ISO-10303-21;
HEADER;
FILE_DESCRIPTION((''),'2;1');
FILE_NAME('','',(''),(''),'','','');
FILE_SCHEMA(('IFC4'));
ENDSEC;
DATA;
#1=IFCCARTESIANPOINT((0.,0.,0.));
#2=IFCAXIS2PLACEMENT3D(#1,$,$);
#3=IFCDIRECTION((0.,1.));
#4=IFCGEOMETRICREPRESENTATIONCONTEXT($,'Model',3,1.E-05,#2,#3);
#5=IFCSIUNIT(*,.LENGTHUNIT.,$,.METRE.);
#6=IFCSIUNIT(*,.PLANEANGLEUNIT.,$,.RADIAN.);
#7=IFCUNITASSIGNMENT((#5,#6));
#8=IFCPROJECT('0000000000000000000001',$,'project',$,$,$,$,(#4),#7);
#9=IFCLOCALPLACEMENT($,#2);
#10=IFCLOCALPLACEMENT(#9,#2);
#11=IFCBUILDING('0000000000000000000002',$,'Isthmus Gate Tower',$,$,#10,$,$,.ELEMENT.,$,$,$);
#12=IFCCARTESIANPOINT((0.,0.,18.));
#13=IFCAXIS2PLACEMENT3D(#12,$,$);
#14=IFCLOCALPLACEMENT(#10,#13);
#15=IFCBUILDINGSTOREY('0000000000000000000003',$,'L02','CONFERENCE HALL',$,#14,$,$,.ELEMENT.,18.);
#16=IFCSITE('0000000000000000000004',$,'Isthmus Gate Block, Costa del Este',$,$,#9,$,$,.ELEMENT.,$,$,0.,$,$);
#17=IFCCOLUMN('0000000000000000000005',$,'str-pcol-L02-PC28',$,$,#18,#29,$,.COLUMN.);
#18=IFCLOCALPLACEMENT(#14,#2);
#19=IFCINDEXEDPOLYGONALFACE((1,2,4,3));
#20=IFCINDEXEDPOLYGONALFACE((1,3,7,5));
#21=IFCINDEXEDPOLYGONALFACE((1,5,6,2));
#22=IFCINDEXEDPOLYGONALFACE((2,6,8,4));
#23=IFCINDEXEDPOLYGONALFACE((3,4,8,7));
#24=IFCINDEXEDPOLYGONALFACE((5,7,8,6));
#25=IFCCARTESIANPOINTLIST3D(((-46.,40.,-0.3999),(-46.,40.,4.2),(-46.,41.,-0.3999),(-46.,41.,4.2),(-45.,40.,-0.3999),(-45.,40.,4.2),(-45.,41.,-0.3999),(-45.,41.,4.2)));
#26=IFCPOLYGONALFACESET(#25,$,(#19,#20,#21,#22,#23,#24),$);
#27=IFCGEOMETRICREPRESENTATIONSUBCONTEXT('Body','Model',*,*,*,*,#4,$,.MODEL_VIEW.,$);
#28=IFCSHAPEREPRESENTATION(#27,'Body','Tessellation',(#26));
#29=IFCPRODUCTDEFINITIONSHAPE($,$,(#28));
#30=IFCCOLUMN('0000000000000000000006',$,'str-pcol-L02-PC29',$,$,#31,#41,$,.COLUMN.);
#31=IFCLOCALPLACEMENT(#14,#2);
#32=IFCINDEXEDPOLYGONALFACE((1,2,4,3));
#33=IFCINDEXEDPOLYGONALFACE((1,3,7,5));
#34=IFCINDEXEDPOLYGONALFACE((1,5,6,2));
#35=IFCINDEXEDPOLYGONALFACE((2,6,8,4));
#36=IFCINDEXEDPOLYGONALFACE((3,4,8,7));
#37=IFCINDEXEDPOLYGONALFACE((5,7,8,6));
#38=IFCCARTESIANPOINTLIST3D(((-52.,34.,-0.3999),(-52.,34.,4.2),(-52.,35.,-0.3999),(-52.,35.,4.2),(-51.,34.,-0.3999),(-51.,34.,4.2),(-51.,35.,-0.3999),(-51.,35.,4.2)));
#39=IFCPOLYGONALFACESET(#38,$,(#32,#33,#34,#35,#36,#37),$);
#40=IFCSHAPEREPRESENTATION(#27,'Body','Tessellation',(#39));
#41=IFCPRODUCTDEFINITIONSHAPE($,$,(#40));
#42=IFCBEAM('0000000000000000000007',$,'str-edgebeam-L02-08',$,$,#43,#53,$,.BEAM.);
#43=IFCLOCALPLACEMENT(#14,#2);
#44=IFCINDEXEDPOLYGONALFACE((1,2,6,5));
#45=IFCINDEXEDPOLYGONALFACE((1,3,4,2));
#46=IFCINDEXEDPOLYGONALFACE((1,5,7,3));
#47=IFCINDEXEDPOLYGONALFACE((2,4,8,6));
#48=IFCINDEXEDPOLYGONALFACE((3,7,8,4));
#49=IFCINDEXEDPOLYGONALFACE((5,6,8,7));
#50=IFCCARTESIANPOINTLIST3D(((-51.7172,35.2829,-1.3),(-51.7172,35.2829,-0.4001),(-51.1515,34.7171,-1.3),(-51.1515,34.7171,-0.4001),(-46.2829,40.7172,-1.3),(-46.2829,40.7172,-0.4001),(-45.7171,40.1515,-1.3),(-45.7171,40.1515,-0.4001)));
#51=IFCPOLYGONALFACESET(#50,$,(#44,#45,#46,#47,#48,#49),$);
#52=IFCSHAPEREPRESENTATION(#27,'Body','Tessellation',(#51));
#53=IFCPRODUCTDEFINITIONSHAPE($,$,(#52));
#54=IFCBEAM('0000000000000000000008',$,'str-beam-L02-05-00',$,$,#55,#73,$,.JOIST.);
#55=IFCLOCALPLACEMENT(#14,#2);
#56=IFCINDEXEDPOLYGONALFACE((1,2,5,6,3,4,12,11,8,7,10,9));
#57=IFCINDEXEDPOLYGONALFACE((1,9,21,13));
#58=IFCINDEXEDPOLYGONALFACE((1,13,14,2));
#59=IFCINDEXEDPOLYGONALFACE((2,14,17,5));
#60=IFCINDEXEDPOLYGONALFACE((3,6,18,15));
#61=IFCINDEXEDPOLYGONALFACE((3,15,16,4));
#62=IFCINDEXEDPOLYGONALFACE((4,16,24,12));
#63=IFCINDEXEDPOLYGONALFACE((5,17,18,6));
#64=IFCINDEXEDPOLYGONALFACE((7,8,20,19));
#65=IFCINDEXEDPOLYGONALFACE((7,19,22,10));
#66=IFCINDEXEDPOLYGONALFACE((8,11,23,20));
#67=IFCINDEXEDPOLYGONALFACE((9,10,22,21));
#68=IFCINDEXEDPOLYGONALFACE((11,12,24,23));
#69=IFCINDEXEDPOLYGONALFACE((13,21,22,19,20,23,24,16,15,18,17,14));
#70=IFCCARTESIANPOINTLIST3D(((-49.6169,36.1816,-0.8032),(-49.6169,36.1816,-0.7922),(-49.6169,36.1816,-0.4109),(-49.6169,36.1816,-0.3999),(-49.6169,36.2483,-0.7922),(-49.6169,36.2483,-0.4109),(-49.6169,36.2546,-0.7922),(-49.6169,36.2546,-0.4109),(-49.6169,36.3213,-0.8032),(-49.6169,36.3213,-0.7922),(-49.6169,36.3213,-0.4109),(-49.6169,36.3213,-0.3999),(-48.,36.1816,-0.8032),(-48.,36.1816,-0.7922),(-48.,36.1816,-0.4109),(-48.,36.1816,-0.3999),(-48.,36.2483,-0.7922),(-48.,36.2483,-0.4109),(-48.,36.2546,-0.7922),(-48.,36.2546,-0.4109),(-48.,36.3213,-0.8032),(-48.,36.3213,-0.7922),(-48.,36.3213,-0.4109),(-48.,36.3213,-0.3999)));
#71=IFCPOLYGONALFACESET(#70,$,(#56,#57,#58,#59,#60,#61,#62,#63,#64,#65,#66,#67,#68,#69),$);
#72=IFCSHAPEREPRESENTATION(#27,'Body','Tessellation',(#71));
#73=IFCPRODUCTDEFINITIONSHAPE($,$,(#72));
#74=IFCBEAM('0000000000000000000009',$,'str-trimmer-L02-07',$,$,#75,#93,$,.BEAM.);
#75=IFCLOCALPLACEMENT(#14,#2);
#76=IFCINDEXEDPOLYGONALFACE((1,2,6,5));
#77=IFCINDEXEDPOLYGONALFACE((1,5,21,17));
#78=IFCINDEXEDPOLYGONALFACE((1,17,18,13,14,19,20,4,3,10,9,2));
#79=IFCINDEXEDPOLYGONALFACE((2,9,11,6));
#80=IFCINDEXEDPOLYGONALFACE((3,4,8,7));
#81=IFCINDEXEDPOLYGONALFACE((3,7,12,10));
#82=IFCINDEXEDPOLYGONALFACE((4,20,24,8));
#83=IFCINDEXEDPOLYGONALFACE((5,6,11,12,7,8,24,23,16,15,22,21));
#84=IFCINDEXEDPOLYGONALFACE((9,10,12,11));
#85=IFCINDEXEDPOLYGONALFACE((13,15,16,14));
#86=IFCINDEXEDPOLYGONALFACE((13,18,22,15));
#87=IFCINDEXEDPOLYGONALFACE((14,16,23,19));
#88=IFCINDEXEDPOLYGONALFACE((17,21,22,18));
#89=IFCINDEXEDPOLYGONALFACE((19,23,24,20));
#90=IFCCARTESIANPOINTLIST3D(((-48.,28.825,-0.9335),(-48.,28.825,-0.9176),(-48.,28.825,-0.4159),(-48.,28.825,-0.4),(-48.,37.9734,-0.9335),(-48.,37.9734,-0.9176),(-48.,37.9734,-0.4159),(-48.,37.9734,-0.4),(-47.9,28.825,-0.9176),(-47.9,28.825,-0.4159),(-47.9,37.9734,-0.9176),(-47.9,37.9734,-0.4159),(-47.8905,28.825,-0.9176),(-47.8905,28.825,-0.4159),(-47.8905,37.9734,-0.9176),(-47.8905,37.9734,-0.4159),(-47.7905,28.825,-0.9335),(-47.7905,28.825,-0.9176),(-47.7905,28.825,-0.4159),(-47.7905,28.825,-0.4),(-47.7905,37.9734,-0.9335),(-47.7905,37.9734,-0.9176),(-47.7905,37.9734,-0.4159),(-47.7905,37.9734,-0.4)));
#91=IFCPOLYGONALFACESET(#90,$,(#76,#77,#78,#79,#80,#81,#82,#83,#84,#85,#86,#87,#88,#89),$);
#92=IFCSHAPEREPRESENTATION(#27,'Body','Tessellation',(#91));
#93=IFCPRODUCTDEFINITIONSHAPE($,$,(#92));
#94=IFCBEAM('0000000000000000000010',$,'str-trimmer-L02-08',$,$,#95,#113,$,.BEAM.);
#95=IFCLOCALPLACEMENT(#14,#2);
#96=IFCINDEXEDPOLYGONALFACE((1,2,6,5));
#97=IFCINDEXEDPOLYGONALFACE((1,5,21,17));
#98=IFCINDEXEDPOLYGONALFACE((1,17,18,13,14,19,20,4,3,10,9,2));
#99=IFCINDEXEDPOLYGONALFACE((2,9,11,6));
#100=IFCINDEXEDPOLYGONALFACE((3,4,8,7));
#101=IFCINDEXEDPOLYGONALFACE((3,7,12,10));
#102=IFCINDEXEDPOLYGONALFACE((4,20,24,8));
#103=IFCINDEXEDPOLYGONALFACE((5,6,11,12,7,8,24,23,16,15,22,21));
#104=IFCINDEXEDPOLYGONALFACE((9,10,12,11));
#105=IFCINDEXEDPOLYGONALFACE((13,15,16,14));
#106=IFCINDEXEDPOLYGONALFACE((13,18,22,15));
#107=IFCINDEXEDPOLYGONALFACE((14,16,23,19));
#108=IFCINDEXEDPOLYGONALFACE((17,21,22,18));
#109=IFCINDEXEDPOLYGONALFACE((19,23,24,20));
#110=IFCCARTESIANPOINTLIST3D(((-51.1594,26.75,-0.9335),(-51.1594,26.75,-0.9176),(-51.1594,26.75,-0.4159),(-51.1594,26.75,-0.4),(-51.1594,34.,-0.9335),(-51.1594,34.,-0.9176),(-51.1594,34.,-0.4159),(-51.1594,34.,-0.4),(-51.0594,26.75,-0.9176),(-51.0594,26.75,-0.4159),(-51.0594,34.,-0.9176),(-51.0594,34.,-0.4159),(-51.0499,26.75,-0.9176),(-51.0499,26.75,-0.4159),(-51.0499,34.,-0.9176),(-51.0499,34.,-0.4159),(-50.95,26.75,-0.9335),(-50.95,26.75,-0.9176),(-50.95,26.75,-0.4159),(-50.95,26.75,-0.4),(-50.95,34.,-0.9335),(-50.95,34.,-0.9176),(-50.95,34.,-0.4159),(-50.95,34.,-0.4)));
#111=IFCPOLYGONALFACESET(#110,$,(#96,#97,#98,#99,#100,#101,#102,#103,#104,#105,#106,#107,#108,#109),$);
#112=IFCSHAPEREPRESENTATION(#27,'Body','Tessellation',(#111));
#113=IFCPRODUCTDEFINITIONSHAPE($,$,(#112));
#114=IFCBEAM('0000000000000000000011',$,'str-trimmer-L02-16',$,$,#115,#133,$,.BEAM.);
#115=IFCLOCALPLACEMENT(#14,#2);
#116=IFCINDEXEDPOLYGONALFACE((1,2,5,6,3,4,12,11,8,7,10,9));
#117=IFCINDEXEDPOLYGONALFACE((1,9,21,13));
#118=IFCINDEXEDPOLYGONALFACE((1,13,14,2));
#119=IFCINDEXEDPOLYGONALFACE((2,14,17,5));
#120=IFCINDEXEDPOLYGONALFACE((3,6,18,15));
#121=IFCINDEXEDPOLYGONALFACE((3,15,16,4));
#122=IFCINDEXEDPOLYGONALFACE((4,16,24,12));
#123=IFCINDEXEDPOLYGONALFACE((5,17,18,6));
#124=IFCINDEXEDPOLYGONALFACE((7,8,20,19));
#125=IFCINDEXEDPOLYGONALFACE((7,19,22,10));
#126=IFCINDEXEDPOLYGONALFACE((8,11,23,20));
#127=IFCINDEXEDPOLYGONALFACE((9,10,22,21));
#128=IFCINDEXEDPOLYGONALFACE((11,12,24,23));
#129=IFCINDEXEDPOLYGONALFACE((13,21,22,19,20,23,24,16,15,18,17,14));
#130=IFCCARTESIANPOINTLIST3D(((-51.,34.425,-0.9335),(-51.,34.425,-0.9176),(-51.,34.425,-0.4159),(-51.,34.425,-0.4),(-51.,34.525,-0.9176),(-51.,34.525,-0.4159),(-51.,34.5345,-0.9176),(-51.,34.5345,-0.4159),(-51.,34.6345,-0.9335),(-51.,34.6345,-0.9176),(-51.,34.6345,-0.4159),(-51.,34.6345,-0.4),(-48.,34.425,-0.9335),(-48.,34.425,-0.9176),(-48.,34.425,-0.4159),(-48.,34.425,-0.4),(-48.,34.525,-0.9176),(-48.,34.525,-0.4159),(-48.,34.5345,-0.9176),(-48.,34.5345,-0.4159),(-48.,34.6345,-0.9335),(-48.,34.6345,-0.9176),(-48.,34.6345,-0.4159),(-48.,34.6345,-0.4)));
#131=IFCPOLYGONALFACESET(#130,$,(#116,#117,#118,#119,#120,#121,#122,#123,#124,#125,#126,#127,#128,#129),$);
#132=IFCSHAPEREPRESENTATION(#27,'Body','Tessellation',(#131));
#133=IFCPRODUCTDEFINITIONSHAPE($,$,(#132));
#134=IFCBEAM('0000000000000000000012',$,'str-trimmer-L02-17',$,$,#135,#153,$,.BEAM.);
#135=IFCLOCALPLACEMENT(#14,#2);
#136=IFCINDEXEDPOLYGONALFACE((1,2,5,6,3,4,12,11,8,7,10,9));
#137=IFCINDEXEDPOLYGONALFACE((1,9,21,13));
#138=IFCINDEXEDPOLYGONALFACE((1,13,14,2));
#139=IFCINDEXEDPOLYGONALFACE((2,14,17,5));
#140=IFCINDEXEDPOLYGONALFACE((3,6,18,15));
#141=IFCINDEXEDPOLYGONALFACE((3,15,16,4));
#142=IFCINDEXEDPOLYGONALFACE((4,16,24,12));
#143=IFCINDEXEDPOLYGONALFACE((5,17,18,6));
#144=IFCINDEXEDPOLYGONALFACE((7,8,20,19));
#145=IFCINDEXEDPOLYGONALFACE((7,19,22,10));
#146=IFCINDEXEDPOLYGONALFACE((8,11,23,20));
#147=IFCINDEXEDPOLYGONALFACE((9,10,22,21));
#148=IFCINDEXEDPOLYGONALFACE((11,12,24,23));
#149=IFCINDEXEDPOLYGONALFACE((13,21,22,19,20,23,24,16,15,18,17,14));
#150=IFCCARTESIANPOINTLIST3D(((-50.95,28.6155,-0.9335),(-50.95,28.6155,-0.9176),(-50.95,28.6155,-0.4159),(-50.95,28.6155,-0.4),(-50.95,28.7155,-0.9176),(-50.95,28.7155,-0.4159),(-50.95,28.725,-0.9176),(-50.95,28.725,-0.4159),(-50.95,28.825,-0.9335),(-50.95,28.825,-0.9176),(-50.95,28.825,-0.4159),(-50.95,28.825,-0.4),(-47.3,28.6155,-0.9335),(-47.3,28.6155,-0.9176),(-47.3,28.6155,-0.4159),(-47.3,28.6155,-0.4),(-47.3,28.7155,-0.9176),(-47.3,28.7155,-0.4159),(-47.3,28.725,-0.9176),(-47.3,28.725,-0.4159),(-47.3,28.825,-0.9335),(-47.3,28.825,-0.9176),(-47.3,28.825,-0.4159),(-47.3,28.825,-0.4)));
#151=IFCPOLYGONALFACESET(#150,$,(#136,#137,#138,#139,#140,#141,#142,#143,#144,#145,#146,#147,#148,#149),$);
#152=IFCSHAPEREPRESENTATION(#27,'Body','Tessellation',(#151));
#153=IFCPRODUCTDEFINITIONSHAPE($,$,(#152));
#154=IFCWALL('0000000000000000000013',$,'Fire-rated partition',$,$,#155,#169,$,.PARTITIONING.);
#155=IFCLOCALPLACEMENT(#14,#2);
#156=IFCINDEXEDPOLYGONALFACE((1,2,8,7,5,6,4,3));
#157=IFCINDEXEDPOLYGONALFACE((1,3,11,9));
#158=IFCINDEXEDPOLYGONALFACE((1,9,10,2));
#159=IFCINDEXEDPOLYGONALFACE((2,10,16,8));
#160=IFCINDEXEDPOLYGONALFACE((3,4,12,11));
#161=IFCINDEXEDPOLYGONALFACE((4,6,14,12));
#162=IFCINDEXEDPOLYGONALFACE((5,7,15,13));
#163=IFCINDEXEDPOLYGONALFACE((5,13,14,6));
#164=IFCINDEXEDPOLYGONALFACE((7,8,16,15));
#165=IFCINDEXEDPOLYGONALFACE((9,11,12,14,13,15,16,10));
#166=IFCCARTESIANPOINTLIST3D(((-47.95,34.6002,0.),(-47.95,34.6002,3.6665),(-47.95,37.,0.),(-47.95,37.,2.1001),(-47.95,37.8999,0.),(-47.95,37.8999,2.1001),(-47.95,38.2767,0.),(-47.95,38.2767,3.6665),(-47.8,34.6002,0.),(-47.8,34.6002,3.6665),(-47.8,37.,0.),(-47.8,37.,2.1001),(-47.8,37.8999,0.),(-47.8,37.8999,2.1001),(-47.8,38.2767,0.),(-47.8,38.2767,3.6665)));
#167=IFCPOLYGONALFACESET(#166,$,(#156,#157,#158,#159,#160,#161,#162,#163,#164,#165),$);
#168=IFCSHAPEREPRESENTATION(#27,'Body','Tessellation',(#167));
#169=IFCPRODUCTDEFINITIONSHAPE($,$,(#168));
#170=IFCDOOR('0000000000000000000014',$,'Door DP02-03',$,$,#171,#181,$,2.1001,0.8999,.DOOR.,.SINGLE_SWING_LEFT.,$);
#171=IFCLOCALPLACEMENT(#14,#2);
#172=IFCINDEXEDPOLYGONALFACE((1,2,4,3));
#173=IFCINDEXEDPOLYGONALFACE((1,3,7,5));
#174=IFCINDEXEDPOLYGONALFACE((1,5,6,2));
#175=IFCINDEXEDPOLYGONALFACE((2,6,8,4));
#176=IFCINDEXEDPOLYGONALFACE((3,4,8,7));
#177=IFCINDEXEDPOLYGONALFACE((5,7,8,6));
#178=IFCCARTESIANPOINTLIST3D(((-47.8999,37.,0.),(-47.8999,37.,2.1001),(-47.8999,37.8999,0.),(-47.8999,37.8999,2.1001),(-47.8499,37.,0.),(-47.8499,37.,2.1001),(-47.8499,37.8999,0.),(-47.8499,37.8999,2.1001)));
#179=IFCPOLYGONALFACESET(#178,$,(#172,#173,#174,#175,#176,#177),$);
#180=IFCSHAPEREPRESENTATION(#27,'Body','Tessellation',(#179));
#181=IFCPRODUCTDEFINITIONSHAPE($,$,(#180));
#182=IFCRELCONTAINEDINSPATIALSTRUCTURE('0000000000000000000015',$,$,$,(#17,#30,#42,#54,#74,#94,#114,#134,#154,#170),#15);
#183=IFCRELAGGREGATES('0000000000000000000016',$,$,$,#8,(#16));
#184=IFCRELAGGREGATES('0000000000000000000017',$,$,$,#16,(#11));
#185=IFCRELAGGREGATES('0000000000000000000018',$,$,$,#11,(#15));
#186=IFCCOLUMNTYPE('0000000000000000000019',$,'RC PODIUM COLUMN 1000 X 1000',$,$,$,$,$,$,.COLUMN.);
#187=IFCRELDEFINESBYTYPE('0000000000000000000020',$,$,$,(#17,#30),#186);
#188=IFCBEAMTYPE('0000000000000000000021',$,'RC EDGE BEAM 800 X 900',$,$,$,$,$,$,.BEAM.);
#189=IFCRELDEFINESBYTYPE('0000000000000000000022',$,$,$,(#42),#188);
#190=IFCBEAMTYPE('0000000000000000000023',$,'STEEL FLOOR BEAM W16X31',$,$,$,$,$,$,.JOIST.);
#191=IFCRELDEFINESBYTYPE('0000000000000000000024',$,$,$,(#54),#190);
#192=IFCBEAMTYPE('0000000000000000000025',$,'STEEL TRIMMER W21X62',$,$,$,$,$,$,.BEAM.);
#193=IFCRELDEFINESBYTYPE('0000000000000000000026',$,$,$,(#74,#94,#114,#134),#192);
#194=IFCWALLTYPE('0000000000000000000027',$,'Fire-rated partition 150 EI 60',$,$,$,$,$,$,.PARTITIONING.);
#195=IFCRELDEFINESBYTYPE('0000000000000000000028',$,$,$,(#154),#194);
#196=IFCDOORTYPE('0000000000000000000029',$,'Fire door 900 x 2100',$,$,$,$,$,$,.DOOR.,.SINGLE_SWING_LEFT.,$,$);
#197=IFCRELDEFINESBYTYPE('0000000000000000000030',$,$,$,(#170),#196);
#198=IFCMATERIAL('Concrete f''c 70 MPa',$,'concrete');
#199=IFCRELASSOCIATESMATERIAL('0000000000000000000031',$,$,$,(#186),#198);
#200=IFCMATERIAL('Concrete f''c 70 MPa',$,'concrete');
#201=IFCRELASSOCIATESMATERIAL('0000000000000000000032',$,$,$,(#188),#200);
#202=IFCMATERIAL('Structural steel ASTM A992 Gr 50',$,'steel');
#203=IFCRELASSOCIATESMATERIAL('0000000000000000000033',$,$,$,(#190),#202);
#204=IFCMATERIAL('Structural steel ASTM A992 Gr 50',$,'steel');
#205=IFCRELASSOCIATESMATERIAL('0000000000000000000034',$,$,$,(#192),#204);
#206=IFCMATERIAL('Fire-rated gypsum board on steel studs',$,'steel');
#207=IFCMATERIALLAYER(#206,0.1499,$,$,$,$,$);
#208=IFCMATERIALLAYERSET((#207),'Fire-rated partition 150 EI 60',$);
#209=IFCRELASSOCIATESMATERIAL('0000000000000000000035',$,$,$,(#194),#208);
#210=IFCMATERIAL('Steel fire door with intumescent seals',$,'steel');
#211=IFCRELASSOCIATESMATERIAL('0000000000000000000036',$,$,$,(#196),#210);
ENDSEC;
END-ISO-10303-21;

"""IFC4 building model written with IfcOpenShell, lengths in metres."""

from ifc_helpers import new_model, si_unit, direction, frame, frame_2d, origin, origin_2d, place, context, subcontext, project, spatial, rectangle, i_section, extrude, material, layer, layer_set, material_profile, profile_set, type_object, element, fill, save


model = new_model("IFC4")

# Units and contexts
model_context = context("Model", 3, precision=1e-05, world=origin(), true_north=direction((0.0, 1.0)))
body_context = subcontext(model_context, "Body", "Model", "MODEL_VIEW")
ifc_project = project(units=[si_unit("LENGTHUNIT", "METRE"), si_unit("PLANEANGLEUNIT", "RADIAN")], contexts=[model_context])

# Site, building, storey
site_placement = place(None, origin())
site = spatial("IfcSite", under=ifc_project, at=site_placement, Name="Isthmus Gate Block, Costa del Este", CompositionType="ELEMENT", RefElevation=0.0)
building_placement = place(site_placement, origin())
building = spatial("IfcBuilding", under=site, at=building_placement, Name="Isthmus Gate Tower", CompositionType="ELEMENT")
storey_placement = place(building_placement, frame((0.0, 0.0, 18.0)))
storey = spatial("IfcBuildingStorey", under=building, at=storey_placement, Name="L02", Description="CONFERENCE HALL", CompositionType="ELEMENT", Elevation=18.0)

# Columns
ifc_material_1 = material(Name="Concrete f'c 70 MPa", Category="concrete")
ifc_material_profile_1 = material_profile(ifc_material_1, rectangle(XDim=1.0, YDim=1.0, at=origin_2d()), Name="RC 1000X1000")
ifc_profile_set_1 = profile_set([ifc_material_profile_1], Name="Concrete f'c 70 MPa")
column_type = type_object("IfcColumnType", Name="RC PODIUM COLUMN 1000 X 1000", PredefinedType="COLUMN", material=ifc_profile_set_1)
for number, where, z_axis, x_axis, name in (
    (1, (-45.5, 40.5, -0.3999), (0.0, 0.0, 1.0), (-1.0, 0.0, 0.0), "str-pcol-L02-PC28"),
    (2, (-51.5, 34.5, -0.3999), (0.0, 0.0, 1.0), (0.0, -1.0, 0.0), "str-pcol-L02-PC29"),
):
    element("IfcColumn", number, at=place(storey_placement, frame(where, z_axis=z_axis, x_axis=x_axis)), inside=storey, type_object=column_type, Name=name, PredefinedType="COLUMN", context=body_context, shape_type="SweptSolid", body=[
        extrude(rectangle(XDim=1.0, YDim=1.0, at=origin_2d()), origin(), (0.0, 0.0, 1.0), 4.5999),
    ])

# Beams
ifc_material_2 = material(Name="Concrete f'c 70 MPa", Category="concrete")
ifc_material_profile_2 = material_profile(ifc_material_2, rectangle(XDim=0.8, YDim=0.8999, at=origin_2d()), Name="RC 800X900")
ifc_profile_set_2 = profile_set([ifc_material_profile_2], Name="Concrete f'c 70 MPa")
beam_type_1 = type_object("IfcBeamType", Name="RC EDGE BEAM 800 X 900", PredefinedType="BEAM", material=ifc_profile_set_2)
beam_1_placement = place(storey_placement, frame((-51.4343, 35.0, -0.8501), z_axis=(0.707107, 0.707107, 0.0), x_axis=(-0.707107, 0.707107, 0.0)))
element("IfcBeam", 3, at=beam_1_placement, inside=storey, type_object=beam_type_1, Name="str-edgebeam-L02-08", PredefinedType="BEAM", context=body_context, shape_type="SweptSolid", body=[
    extrude(rectangle(XDim=0.8, YDim=0.8999, at=origin_2d()), origin(), (0.0, 0.0, 1.0), 7.6853),
])
ifc_material_3 = material(Name="Structural steel ASTM A992 Gr 50", Category="steel")
ifc_material_profile_3 = material_profile(ifc_material_3, i_section(OverallWidth=0.1396, OverallDepth=0.4033, WebThickness=0.0063, FlangeThickness=0.011, at=origin_2d()), Name="W16X31")
ifc_profile_set_3 = profile_set([ifc_material_profile_3], Name="Structural steel ASTM A992 Gr 50")
beam_type_2 = type_object("IfcBeamType", Name="STEEL FLOOR BEAM W16X31", PredefinedType="JOIST", material=ifc_profile_set_3)
beam_2_placement = place(storey_placement, frame((-49.6169, 36.2515, -0.6016), z_axis=(1.0, 0.0, 0.0), x_axis=(0.0, 1.0, 0.0)))
element("IfcBeam", 4, at=beam_2_placement, inside=storey, type_object=beam_type_2, Name="str-beam-L02-05-00", PredefinedType="JOIST", context=body_context, shape_type="SweptSolid", body=[
    extrude(i_section(OverallWidth=0.1396, OverallDepth=0.4033, WebThickness=0.0063, FlangeThickness=0.011, at=origin_2d()), origin(), (0.0, 0.0, 1.0), 1.6169),
])
ifc_material_4 = material(Name="Structural steel ASTM A992 Gr 50", Category="steel")
ifc_material_profile_4 = material_profile(ifc_material_4, i_section(OverallWidth=0.2095, OverallDepth=0.5334, WebThickness=0.0095, FlangeThickness=0.0159, at=origin_2d()), Name="W21X62")
ifc_profile_set_4 = profile_set([ifc_material_profile_4], Name="Structural steel ASTM A992 Gr 50")
beam_type_3 = type_object("IfcBeamType", Name="STEEL TRIMMER W21X62", PredefinedType="BEAM", material=ifc_profile_set_4)
beam_3_placement = place(storey_placement, frame((-47.8953, 28.825, -0.6667), z_axis=(0.0, 1.0, 0.0), x_axis=(-1.0, 0.0, 0.0)))
element("IfcBeam", 5, at=beam_3_placement, inside=storey, type_object=beam_type_3, Name="str-trimmer-L02-07", PredefinedType="BEAM", context=body_context, shape_type="SweptSolid", body=[
    extrude(i_section(OverallWidth=0.2095, OverallDepth=0.5334, WebThickness=0.0095, FlangeThickness=0.0159, at=origin_2d()), origin(), (0.0, 0.0, 1.0), 9.1484),
])
beam_4_placement = place(storey_placement, frame((-51.0547, 34.0, -0.6667), z_axis=(0.0, -1.0, 0.0), x_axis=(1.0, 0.0, 0.0)))
element("IfcBeam", 6, at=beam_4_placement, inside=storey, type_object=beam_type_3, Name="str-trimmer-L02-08", PredefinedType="BEAM", context=body_context, shape_type="SweptSolid", body=[
    extrude(i_section(OverallWidth=0.2095, OverallDepth=0.5334, WebThickness=0.0095, FlangeThickness=0.0159, at=origin_2d()), origin(), (0.0, 0.0, 1.0), 7.25),
])
beam_5_placement = place(storey_placement, frame((-48.0, 34.5298, -0.6667), z_axis=(-1.0, 0.0, 0.0), x_axis=(0.0, -1.0, 0.0)))
element("IfcBeam", 7, at=beam_5_placement, inside=storey, type_object=beam_type_3, Name="str-trimmer-L02-16", PredefinedType="BEAM", context=body_context, shape_type="SweptSolid", body=[
    extrude(i_section(OverallWidth=0.2095, OverallDepth=0.5334, WebThickness=0.0095, FlangeThickness=0.0159, at=origin_2d()), origin(), (0.0, 0.0, 1.0), 3.0),
])
beam_6_placement = place(storey_placement, frame((-50.95, 28.7202, -0.6667), z_axis=(1.0, 0.0, 0.0), x_axis=(0.0, 1.0, 0.0)))
element("IfcBeam", 8, at=beam_6_placement, inside=storey, type_object=beam_type_3, Name="str-trimmer-L02-17", PredefinedType="BEAM", context=body_context, shape_type="SweptSolid", body=[
    extrude(i_section(OverallWidth=0.2095, OverallDepth=0.5334, WebThickness=0.0095, FlangeThickness=0.0159, at=origin_2d()), origin(), (0.0, 0.0, 1.0), 3.6499),
])

# Wall, opening, door
ifc_material_5 = material(Name="Fire-rated gypsum board on steel studs", Category="steel")
ifc_layer_1 = layer(ifc_material_5, 0.1499)
ifc_layer_set_1 = layer_set([ifc_layer_1], Name="Fire-rated partition 150 EI 60")
wall_type_1 = type_object("IfcWallType", Name="Fire-rated partition 150 EI 60", PredefinedType="PARTITIONING", material=ifc_layer_set_1)
wall_1_placement = place(storey_placement, frame((-47.875, 34.6001, 0.0), z_axis=(0.0, 0.0, 1.0), x_axis=(0.0, 1.0, 0.0)))
wall_1 = element("IfcWall", 9, at=wall_1_placement, inside=storey, type_object=wall_type_1, Name="Fire-rated partition", PredefinedType="PARTITIONING", context=body_context, shape_type="SweptSolid", body=[
    extrude(rectangle(XDim=3.6765, YDim=0.1499, at=frame_2d((1.8384, 0.0))), origin(), (0.0, 0.0, 1.0), 3.6665),
])
opening_1_placement = place(wall_1_placement, frame((2.3999, 0.0, 0.0)))
opening_1 = element("IfcOpeningElement", 10, at=opening_1_placement, cuts=wall_1, PredefinedType="OPENING", context=body_context, shape_type="SweptSolid", body=[
    extrude(rectangle(XDim=0.8999, YDim=2.1001, at=frame_2d((0.45, 1.05))), frame((0.0, 0.085, 0.0), z_axis=(0.0, -1.0, 0.0), x_axis=(1.0, 0.0, 0.0)), (0.0, 0.0, 1.0), 0.1699),
])
ifc_material_6 = material(Name="Steel fire door with intumescent seals", Category="steel")
door_type = type_object("IfcDoorType", Name="Fire door 900 x 2100", OperationType="SINGLE_SWING_LEFT", PredefinedType="DOOR", material=ifc_material_6)
door_placement = place(opening_1_placement, origin())
door = element("IfcDoor", 11, at=door_placement, inside=storey, type_object=door_type, Name="Door DP02-03", OperationType="SINGLE_SWING_LEFT", OverallHeight=2.1001, OverallWidth=0.8999, PredefinedType="DOOR", context=body_context, shape_type="SweptSolid", body=[
    extrude(rectangle(XDim=0.8999, YDim=2.1001, at=frame_2d((0.45, 1.05))), frame((0.0, 0.0249, 0.0), z_axis=(0.0, -1.0, 0.0), x_axis=(1.0, 0.0, 0.0)), (0.0, 0.0, 1.0), 0.05),
])
fill(opening_1, door)

save(model, "model.ifc")
